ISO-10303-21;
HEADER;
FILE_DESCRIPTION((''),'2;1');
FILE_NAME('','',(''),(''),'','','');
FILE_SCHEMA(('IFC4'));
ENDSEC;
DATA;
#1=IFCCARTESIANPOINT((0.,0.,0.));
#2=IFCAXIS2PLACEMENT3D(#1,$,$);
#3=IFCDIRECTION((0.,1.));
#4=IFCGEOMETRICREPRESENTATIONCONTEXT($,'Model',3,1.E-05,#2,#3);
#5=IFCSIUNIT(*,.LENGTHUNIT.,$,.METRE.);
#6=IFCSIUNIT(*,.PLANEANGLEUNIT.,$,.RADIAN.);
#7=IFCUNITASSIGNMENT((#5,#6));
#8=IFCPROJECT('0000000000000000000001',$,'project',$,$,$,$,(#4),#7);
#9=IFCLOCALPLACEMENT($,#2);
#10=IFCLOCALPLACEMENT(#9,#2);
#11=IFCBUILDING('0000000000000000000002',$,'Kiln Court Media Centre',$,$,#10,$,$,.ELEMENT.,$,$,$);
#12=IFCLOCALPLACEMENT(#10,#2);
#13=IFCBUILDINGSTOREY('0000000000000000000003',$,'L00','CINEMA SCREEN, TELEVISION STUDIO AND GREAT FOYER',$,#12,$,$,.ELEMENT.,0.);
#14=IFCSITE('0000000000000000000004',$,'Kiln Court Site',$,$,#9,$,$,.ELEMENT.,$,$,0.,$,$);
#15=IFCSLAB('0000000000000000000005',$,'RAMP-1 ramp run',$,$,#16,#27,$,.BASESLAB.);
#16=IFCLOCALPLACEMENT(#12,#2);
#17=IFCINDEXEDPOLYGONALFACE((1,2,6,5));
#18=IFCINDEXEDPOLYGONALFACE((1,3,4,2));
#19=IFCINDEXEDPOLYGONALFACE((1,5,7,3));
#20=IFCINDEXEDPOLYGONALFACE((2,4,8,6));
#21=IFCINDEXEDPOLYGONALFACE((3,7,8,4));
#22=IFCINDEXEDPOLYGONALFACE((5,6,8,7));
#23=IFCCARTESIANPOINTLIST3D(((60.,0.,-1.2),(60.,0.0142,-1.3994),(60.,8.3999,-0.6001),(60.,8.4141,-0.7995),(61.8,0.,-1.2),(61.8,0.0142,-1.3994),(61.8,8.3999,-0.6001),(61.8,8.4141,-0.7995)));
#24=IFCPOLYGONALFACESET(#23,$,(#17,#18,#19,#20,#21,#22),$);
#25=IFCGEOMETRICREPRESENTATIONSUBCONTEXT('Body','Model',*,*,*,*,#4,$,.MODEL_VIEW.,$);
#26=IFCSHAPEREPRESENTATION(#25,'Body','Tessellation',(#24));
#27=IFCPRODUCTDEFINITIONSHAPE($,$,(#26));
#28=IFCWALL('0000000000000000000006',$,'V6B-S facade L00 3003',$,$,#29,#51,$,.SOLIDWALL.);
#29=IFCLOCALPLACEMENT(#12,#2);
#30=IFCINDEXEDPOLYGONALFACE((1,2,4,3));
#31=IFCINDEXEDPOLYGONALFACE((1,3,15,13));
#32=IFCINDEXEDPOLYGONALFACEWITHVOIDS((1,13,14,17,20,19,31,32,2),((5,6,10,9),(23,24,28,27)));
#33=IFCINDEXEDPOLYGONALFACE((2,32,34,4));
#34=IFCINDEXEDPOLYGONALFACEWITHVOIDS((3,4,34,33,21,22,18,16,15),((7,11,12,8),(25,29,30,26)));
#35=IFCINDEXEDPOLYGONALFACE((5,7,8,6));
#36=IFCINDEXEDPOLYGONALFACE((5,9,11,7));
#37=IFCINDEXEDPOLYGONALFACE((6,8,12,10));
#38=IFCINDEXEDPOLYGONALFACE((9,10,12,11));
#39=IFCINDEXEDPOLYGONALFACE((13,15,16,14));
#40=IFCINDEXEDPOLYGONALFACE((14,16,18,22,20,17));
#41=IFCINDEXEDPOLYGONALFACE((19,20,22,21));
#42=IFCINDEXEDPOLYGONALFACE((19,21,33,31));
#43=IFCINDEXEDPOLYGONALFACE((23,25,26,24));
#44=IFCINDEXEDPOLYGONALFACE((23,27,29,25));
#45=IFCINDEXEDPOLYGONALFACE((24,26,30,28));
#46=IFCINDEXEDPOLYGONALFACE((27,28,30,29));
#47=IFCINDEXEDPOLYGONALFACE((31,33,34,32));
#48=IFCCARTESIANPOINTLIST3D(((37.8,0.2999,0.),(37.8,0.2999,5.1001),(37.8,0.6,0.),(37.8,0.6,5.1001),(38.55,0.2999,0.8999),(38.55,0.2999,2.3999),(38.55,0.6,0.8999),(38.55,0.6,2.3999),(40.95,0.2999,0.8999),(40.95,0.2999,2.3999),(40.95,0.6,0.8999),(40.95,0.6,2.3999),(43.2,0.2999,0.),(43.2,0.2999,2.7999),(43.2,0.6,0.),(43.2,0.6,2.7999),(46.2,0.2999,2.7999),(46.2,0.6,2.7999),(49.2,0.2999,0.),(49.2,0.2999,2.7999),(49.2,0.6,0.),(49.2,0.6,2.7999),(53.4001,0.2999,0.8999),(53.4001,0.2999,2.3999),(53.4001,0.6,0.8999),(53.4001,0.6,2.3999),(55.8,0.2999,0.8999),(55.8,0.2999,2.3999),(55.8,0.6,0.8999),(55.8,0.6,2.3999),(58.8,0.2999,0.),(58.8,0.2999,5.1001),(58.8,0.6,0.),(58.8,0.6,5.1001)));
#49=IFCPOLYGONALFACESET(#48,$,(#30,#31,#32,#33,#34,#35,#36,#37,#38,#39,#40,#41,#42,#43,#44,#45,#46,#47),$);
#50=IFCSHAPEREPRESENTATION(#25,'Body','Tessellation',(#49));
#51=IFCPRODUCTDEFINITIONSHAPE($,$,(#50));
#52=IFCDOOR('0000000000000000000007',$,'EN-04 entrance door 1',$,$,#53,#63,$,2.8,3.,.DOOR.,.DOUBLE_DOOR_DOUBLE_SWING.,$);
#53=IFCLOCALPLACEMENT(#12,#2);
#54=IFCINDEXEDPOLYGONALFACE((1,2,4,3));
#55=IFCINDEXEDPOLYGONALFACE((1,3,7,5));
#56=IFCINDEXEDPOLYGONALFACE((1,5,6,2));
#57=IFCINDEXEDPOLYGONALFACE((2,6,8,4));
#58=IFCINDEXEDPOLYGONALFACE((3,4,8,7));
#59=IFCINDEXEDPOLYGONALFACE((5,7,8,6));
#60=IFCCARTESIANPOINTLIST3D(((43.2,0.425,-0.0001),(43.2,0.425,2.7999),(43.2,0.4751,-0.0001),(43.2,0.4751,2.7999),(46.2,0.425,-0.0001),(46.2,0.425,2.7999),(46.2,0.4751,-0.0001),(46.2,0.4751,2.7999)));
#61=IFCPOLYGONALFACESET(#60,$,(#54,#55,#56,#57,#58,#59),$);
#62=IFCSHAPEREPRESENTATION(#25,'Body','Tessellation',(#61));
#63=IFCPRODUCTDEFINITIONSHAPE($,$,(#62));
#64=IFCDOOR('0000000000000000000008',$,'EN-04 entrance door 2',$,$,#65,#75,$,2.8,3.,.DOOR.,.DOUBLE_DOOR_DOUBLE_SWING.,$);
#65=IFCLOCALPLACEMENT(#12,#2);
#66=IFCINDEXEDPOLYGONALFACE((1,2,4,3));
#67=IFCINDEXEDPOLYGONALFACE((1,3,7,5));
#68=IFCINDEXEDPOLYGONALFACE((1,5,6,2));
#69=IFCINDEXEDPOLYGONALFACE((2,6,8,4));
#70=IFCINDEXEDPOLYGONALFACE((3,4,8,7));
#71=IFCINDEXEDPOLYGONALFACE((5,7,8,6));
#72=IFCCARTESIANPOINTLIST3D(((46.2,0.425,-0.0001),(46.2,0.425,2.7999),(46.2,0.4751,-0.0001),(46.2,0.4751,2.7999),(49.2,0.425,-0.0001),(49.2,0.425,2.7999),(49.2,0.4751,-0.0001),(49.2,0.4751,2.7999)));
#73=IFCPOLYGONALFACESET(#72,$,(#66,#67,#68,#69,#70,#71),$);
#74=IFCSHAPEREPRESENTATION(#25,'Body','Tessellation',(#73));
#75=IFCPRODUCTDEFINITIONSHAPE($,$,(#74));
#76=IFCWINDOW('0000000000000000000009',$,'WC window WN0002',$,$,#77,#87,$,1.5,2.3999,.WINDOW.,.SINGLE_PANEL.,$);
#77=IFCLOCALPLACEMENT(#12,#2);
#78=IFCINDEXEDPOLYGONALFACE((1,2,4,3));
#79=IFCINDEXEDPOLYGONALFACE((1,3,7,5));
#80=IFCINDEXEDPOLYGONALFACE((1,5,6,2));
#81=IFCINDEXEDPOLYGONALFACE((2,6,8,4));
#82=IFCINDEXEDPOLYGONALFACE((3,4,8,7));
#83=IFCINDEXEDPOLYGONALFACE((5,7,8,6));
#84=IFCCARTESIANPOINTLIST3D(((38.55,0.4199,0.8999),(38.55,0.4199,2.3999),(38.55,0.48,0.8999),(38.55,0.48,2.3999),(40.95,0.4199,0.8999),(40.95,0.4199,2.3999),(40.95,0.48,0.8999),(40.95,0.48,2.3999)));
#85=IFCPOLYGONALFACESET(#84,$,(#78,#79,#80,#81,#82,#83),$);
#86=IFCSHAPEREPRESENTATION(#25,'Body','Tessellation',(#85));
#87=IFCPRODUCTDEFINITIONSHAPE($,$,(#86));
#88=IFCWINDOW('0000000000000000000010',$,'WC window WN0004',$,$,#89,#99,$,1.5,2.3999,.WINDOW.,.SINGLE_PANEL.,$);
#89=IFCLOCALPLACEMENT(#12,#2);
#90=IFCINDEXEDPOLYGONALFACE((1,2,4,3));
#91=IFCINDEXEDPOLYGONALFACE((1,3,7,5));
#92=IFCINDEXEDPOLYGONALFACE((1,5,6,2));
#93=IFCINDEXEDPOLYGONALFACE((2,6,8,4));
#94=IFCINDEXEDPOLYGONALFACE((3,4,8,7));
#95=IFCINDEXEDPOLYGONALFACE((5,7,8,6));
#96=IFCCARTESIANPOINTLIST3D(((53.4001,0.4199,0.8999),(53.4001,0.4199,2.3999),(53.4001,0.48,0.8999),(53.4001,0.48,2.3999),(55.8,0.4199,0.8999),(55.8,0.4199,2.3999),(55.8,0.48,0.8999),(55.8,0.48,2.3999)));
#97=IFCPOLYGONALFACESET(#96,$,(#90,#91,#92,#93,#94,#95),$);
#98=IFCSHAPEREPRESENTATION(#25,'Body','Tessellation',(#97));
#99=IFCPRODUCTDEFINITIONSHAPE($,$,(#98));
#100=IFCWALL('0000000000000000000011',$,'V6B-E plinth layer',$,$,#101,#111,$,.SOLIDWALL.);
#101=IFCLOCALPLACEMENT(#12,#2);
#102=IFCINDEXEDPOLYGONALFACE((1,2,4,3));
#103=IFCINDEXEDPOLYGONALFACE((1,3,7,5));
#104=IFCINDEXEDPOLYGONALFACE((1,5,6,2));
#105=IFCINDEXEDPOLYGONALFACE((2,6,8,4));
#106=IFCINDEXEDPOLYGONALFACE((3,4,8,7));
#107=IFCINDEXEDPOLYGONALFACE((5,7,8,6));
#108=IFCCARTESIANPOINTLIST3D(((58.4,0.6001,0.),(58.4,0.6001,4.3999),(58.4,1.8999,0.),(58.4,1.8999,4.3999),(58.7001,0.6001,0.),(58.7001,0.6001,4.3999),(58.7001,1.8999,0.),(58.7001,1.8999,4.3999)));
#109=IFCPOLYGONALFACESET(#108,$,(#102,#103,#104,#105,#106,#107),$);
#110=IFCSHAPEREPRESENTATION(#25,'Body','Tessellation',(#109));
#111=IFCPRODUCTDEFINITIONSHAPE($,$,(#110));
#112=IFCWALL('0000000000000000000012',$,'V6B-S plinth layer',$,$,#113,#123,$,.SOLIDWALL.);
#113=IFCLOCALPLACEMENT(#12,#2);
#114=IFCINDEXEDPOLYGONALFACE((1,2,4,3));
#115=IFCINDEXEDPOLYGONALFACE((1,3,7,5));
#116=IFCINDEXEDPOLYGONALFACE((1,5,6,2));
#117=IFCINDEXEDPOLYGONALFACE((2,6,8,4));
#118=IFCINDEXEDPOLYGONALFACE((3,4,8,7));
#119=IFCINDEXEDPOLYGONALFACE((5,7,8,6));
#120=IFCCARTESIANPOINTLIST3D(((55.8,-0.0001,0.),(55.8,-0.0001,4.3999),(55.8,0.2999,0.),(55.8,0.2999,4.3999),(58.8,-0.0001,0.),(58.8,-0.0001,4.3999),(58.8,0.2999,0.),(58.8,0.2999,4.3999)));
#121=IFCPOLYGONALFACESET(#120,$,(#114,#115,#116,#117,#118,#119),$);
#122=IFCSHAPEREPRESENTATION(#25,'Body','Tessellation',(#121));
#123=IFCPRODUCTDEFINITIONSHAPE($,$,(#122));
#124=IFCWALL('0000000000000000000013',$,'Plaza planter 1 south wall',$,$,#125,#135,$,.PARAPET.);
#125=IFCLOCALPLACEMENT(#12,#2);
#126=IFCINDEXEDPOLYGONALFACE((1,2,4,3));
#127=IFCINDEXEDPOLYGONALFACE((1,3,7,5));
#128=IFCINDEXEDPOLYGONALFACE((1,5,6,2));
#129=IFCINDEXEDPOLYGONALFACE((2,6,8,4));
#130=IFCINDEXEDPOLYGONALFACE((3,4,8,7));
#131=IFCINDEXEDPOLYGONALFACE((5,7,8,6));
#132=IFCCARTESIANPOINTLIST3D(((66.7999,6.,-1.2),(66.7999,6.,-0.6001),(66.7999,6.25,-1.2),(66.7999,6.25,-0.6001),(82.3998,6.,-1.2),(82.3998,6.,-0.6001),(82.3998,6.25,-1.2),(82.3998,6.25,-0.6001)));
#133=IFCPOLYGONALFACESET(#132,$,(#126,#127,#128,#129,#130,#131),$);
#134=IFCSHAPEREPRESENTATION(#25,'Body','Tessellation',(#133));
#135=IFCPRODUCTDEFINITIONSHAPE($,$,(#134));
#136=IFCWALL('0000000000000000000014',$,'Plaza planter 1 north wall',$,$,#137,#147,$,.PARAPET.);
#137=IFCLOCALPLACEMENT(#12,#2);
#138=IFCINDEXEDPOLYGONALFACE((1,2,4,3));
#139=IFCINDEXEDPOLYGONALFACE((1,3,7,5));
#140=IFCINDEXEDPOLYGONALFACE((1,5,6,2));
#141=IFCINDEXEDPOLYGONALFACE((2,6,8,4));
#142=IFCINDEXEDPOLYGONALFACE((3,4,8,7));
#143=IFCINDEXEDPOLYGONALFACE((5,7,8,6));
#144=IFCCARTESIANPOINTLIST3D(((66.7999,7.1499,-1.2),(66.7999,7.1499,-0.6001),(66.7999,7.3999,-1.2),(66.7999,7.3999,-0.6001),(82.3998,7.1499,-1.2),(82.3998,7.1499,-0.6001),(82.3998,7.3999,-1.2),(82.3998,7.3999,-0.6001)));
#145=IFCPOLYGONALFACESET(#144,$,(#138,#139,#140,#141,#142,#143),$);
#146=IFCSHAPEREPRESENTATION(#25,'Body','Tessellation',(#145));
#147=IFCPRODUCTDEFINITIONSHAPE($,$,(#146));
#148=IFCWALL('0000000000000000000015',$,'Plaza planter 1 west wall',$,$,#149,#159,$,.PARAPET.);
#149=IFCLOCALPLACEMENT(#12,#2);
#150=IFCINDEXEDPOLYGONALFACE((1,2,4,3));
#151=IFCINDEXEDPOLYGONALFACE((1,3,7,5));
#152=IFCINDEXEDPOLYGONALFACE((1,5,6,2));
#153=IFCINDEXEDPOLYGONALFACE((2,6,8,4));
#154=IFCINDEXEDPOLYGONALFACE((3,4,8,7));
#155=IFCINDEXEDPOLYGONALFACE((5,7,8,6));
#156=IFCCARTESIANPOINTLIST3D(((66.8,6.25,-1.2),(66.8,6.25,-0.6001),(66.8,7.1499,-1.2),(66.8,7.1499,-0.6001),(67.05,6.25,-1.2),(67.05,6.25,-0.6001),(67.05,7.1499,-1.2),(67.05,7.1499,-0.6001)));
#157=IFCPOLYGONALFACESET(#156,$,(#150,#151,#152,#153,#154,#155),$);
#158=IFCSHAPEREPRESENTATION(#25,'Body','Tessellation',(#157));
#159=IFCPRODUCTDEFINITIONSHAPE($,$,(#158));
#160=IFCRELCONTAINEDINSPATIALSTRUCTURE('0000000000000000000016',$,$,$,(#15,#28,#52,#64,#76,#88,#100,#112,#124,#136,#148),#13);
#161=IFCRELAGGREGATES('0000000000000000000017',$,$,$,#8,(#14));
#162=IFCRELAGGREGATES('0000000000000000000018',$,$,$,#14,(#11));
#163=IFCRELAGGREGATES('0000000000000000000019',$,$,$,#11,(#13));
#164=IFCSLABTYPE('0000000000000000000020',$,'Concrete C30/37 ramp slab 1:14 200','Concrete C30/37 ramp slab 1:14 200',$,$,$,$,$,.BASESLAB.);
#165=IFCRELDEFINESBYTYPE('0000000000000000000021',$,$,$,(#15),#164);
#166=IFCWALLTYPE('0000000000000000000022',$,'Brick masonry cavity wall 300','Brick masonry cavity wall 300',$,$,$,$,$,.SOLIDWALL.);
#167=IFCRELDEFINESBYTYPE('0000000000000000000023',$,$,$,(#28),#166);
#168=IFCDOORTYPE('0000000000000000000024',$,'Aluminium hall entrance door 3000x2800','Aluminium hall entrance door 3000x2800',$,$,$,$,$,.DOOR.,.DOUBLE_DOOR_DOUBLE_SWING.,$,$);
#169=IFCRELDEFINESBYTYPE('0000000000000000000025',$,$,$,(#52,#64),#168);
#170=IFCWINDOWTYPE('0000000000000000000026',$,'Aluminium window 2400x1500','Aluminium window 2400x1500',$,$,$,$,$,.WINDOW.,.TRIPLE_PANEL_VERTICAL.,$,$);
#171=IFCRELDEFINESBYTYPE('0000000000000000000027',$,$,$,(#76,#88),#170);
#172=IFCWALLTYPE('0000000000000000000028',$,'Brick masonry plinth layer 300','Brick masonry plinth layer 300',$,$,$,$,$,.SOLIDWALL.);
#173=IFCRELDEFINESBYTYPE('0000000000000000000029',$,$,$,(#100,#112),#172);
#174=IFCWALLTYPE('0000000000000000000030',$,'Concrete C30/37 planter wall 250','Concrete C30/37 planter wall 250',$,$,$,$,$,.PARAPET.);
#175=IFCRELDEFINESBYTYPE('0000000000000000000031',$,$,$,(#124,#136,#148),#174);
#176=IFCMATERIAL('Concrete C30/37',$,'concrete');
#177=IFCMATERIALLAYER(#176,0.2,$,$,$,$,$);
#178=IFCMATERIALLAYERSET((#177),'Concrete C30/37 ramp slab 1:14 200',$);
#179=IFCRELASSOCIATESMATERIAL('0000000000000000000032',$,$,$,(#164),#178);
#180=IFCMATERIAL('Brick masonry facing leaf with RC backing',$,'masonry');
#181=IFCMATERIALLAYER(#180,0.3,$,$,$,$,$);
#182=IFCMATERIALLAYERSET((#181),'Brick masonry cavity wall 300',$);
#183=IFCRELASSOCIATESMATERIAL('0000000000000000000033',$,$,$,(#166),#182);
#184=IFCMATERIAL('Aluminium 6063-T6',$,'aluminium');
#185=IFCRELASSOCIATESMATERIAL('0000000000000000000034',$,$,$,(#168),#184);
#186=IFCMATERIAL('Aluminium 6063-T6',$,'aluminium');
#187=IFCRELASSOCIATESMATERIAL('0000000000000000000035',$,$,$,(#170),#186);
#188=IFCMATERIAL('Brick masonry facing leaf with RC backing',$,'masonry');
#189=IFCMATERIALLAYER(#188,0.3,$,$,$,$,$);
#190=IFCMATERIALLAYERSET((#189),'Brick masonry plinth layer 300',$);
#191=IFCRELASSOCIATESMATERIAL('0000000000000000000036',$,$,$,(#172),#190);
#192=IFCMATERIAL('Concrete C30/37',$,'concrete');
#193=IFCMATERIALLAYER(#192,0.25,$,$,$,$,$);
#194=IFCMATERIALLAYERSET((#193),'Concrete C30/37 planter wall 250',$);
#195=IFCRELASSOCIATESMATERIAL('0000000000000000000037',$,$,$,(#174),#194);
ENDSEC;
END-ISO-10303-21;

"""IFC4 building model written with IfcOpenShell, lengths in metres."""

from ifc_helpers import new_model, si_unit, direction, frame, frame_2d, origin, place, context, subcontext, project, spatial, polyline, rectangle, outline, extrude, material, layer, layer_set, type_object, element, fill, save


model = new_model("IFC4")

# Units and contexts
model_context = context("Model", 3, precision=1e-05, world=origin(), true_north=direction((0.0, 1.0)))
body_context = subcontext(model_context, "Body", "Model", "MODEL_VIEW")
ifc_project = project(units=[si_unit("LENGTHUNIT", "METRE"), si_unit("PLANEANGLEUNIT", "RADIAN")], contexts=[model_context])

# Site, building, storey
site_placement = place(None, origin())
site = spatial("IfcSite", under=ifc_project, at=site_placement, Name="Kiln Court Site", CompositionType="ELEMENT", RefElevation=0.0)
building_placement = place(site_placement, origin())
building = spatial("IfcBuilding", under=site, at=building_placement, Name="Kiln Court Media Centre", CompositionType="ELEMENT")
storey_placement = place(building_placement, origin())
storey = spatial("IfcBuildingStorey", under=building, at=storey_placement, Name="L00", Description="CINEMA SCREEN, TELEVISION STUDIO AND GREAT FOYER", CompositionType="ELEMENT", Elevation=0.0)

# Slab
ifc_material_1 = material(Name="Concrete C30/37", Category="concrete")
ifc_layer_1 = layer(ifc_material_1, 0.2)
ifc_layer_set_1 = layer_set([ifc_layer_1], Name="Concrete C30/37 ramp slab 1:14 200")
slab_type = type_object("IfcSlabType", Name="Concrete C30/37 ramp slab 1:14 200", Description="Concrete C30/37 ramp slab 1:14 200", PredefinedType="BASESLAB", material=ifc_layer_set_1)
slab_placement = place(storey_placement, frame((60.0, 0.0, -1.2), z_axis=(0.0, -0.071231, 0.99746), x_axis=(1.0, 0.0, 0.0)))
element("IfcSlab", 1, at=slab_placement, inside=storey, type_object=slab_type, Name="RAMP-1 ramp run", PredefinedType="BASESLAB", context=body_context, shape_type="SweptSolid", body=[
    extrude(outline(polyline([(0.0, 0.0), (1.8, 0.0), (1.8, 8.4213), (0.0, 8.4213), (0.0, 0.0)])), origin(), (0.0, 0.0, -1.0), 0.2),
])

# Wall, openings, doors, windows
ifc_material_2 = material(Name="Brick masonry facing leaf with RC backing", Category="masonry")
ifc_layer_2 = layer(ifc_material_2, 0.3)
ifc_layer_set_2 = layer_set([ifc_layer_2], Name="Brick masonry cavity wall 300")
wall_type_1 = type_object("IfcWallType", Name="Brick masonry cavity wall 300", Description="Brick masonry cavity wall 300", PredefinedType="SOLIDWALL", material=ifc_layer_set_2)
wall_1_placement = place(storey_placement, frame((58.8, 0.45, 0.0), z_axis=(0.0, 0.0, 1.0), x_axis=(-1.0, 0.0, 0.0)))
wall_1 = element("IfcWall", 2, at=wall_1_placement, inside=storey, type_object=wall_type_1, Name="V6B-S facade L00 3003", PredefinedType="SOLIDWALL", context=body_context, shape_type="SweptSolid", body=[
    extrude(rectangle(XDim=21.0, YDim=0.3, at=frame_2d((10.5, 0.0))), origin(), (0.0, 0.0, 1.0), 5.1001),
])
opening_1_placement = place(wall_1_placement, frame((17.8501, 0.0, 0.8999)))
opening_1 = element("IfcOpeningElement", 3, at=opening_1_placement, cuts=wall_1, PredefinedType="OPENING", context=body_context, shape_type="SweptSolid", body=[
    extrude(rectangle(XDim=2.3999, YDim=1.5, at=frame_2d((1.2, 0.75))), frame((0.0, 0.1599, 0.0), z_axis=(0.0, -1.0, 0.0), x_axis=(1.0, 0.0, 0.0)), (0.0, 0.0, 1.0), 0.3201),
])
opening_2_placement = place(wall_1_placement, frame((3.0, 0.0, 0.8999)))
opening_2 = element("IfcOpeningElement", 4, at=opening_2_placement, cuts=wall_1, PredefinedType="OPENING", context=body_context, shape_type="SweptSolid", body=[
    extrude(rectangle(XDim=2.3999, YDim=1.5, at=frame_2d((1.2, 0.75))), frame((0.0, 0.1599, 0.0), z_axis=(0.0, -1.0, 0.0), x_axis=(1.0, 0.0, 0.0)), (0.0, 0.0, 1.0), 0.3201),
])
opening_3_placement = place(wall_1_placement, frame((12.6001, 0.0, 0.0)))
opening_3 = element("IfcOpeningElement", 5, at=opening_3_placement, cuts=wall_1, PredefinedType="OPENING", context=body_context, shape_type="SweptSolid", body=[
    extrude(rectangle(XDim=3.0, YDim=2.8, at=frame_2d((1.5, 1.3999))), frame((0.0, 0.1599, 0.0), z_axis=(0.0, -1.0, 0.0), x_axis=(1.0, 0.0, 0.0)), (0.0, 0.0, 1.0), 0.3201),
])
opening_4_placement = place(wall_1_placement, frame((9.6001, 0.0, 0.0)))
opening_4 = element("IfcOpeningElement", 6, at=opening_4_placement, cuts=wall_1, PredefinedType="OPENING", context=body_context, shape_type="SweptSolid", body=[
    extrude(rectangle(XDim=3.0, YDim=2.8, at=frame_2d((1.5, 1.3999))), frame((0.0, 0.1599, 0.0), z_axis=(0.0, -1.0, 0.0), x_axis=(1.0, 0.0, 0.0)), (0.0, 0.0, 1.0), 0.3201),
])
ifc_material_3 = material(Name="Aluminium 6063-T6", Category="aluminium")
door_type = type_object("IfcDoorType", Name="Aluminium hall entrance door 3000x2800", Description="Aluminium hall entrance door 3000x2800", OperationType="DOUBLE_DOOR_DOUBLE_SWING", PredefinedType="DOOR", material=ifc_material_3)
door_1_placement = place(opening_3_placement, origin())
door_1 = element("IfcDoor", 7, at=door_1_placement, inside=storey, type_object=door_type, Name="EN-04 entrance door 1", OperationType="DOUBLE_DOOR_DOUBLE_SWING", OverallHeight=2.8, OverallWidth=3.0, PredefinedType="DOOR", context=body_context, shape_type="SweptSolid", body=[
    extrude(rectangle(XDim=3.0, YDim=2.8, at=frame_2d((1.5, 1.3999))), frame((0.0, 0.0249, 0.0), z_axis=(0.0, -1.0, 0.0), x_axis=(1.0, 0.0, 0.0)), (0.0, 0.0, 1.0), 0.05),
])
fill(opening_3, door_1)
door_2_placement = place(opening_4_placement, origin())
door_2 = element("IfcDoor", 8, at=door_2_placement, inside=storey, type_object=door_type, Name="EN-04 entrance door 2", OperationType="DOUBLE_DOOR_DOUBLE_SWING", OverallHeight=2.8, OverallWidth=3.0, PredefinedType="DOOR", context=body_context, shape_type="SweptSolid", body=[
    extrude(rectangle(XDim=3.0, YDim=2.8, at=frame_2d((1.5, 1.3999))), frame((0.0, 0.0249, 0.0), z_axis=(0.0, -1.0, 0.0), x_axis=(1.0, 0.0, 0.0)), (0.0, 0.0, 1.0), 0.05),
])
fill(opening_4, door_2)
ifc_material_4 = material(Name="Aluminium 6063-T6", Category="aluminium")
window_type = type_object("IfcWindowType", Name="Aluminium window 2400x1500", Description="Aluminium window 2400x1500", PartitioningType="TRIPLE_PANEL_VERTICAL", PredefinedType="WINDOW", material=ifc_material_4)
window_1_placement = place(opening_1_placement, origin())
window_1 = element("IfcWindow", 9, at=window_1_placement, inside=storey, type_object=window_type, Name="WC window WN0002", OverallHeight=1.5, OverallWidth=2.3999, PartitioningType="SINGLE_PANEL", PredefinedType="WINDOW", context=body_context, shape_type="SweptSolid", body=[
    extrude(rectangle(XDim=2.3999, YDim=1.5, at=frame_2d((1.2, 0.75))), frame((0.0, 0.03, 0.0), z_axis=(0.0, -1.0, 0.0), x_axis=(1.0, 0.0, 0.0)), (0.0, 0.0, 1.0), 0.0601),
])
fill(opening_1, window_1)
window_2_placement = place(opening_2_placement, origin())
window_2 = element("IfcWindow", 10, at=window_2_placement, inside=storey, type_object=window_type, Name="WC window WN0004", OverallHeight=1.5, OverallWidth=2.3999, PartitioningType="SINGLE_PANEL", PredefinedType="WINDOW", context=body_context, shape_type="SweptSolid", body=[
    extrude(rectangle(XDim=2.3999, YDim=1.5, at=frame_2d((1.2, 0.75))), frame((0.0, 0.03, 0.0), z_axis=(0.0, -1.0, 0.0), x_axis=(1.0, 0.0, 0.0)), (0.0, 0.0, 1.0), 0.0601),
])
fill(opening_2, window_2)

# Walls
ifc_material_5 = material(Name="Brick masonry facing leaf with RC backing", Category="masonry")
ifc_layer_3 = layer(ifc_material_5, 0.3)
ifc_layer_set_3 = layer_set([ifc_layer_3], Name="Brick masonry plinth layer 300")
wall_type_2 = type_object("IfcWallType", Name="Brick masonry plinth layer 300", Description="Brick masonry plinth layer 300", PredefinedType="SOLIDWALL", material=ifc_layer_set_3)
wall_2_placement = place(storey_placement, frame((58.55, 1.8999, 0.0), z_axis=(0.0, 0.0, 1.0), x_axis=(0.0, -1.0, 0.0)))
element("IfcWall", 11, at=wall_2_placement, inside=storey, type_object=wall_type_2, Name="V6B-E plinth layer", PredefinedType="SOLIDWALL", context=body_context, shape_type="SweptSolid", body=[
    extrude(rectangle(XDim=1.2998, YDim=0.3, at=frame_2d((0.6499, 0.0))), origin(), (0.0, 0.0, 1.0), 4.3999),
])
wall_3_placement = place(storey_placement, frame((58.8, 0.1499, 0.0), z_axis=(0.0, 0.0, 1.0), x_axis=(-1.0, 0.0, 0.0)))
element("IfcWall", 12, at=wall_3_placement, inside=storey, type_object=wall_type_2, Name="V6B-S plinth layer", PredefinedType="SOLIDWALL", context=body_context, shape_type="SweptSolid", body=[
    extrude(rectangle(XDim=3.0, YDim=0.3, at=frame_2d((1.5, 0.0))), origin(), (0.0, 0.0, 1.0), 4.3999),
])
ifc_material_6 = material(Name="Concrete C30/37", Category="concrete")
ifc_layer_4 = layer(ifc_material_6, 0.25)
ifc_layer_set_4 = layer_set([ifc_layer_4], Name="Concrete C30/37 planter wall 250")
wall_type_3 = type_object("IfcWallType", Name="Concrete C30/37 planter wall 250", Description="Concrete C30/37 planter wall 250", PredefinedType="PARAPET", material=ifc_layer_set_4)
for number, where, z_axis, x_axis, name in (
    (13, (66.8, 6.125, -1.2), (0.0, 0.0, 1.0), (1.0, 0.0, 0.0), "Plaza planter 1 south wall"),
    (14, (66.8, 7.2749, -1.2), (0.0, 0.0, 1.0), (1.0, 0.0, 0.0), "Plaza planter 1 north wall"),
):
    element("IfcWall", number, at=place(storey_placement, frame(where, z_axis=z_axis, x_axis=x_axis)), inside=storey, type_object=wall_type_3, Name=name, PredefinedType="PARAPET", context=body_context, shape_type="SweptSolid", body=[
        extrude(rectangle(XDim=15.5999, YDim=0.25, at=frame_2d((7.7998, 0.0))), origin(), (0.0, 0.0, 1.0), 0.5999),
    ])
wall_4_placement = place(storey_placement, frame((66.925, 6.25, -1.2), z_axis=(0.0, 0.0, 1.0), x_axis=(0.0, 1.0, 0.0)))
element("IfcWall", 15, at=wall_4_placement, inside=storey, type_object=wall_type_3, Name="Plaza planter 1 west wall", PredefinedType="PARAPET", context=body_context, shape_type="SweptSolid", body=[
    extrude(rectangle(XDim=0.8999, YDim=0.25, at=frame_2d((0.45, 0.0))), origin(), (0.0, 0.0, 1.0), 0.5999),
])

save(model, "model.ifc")
